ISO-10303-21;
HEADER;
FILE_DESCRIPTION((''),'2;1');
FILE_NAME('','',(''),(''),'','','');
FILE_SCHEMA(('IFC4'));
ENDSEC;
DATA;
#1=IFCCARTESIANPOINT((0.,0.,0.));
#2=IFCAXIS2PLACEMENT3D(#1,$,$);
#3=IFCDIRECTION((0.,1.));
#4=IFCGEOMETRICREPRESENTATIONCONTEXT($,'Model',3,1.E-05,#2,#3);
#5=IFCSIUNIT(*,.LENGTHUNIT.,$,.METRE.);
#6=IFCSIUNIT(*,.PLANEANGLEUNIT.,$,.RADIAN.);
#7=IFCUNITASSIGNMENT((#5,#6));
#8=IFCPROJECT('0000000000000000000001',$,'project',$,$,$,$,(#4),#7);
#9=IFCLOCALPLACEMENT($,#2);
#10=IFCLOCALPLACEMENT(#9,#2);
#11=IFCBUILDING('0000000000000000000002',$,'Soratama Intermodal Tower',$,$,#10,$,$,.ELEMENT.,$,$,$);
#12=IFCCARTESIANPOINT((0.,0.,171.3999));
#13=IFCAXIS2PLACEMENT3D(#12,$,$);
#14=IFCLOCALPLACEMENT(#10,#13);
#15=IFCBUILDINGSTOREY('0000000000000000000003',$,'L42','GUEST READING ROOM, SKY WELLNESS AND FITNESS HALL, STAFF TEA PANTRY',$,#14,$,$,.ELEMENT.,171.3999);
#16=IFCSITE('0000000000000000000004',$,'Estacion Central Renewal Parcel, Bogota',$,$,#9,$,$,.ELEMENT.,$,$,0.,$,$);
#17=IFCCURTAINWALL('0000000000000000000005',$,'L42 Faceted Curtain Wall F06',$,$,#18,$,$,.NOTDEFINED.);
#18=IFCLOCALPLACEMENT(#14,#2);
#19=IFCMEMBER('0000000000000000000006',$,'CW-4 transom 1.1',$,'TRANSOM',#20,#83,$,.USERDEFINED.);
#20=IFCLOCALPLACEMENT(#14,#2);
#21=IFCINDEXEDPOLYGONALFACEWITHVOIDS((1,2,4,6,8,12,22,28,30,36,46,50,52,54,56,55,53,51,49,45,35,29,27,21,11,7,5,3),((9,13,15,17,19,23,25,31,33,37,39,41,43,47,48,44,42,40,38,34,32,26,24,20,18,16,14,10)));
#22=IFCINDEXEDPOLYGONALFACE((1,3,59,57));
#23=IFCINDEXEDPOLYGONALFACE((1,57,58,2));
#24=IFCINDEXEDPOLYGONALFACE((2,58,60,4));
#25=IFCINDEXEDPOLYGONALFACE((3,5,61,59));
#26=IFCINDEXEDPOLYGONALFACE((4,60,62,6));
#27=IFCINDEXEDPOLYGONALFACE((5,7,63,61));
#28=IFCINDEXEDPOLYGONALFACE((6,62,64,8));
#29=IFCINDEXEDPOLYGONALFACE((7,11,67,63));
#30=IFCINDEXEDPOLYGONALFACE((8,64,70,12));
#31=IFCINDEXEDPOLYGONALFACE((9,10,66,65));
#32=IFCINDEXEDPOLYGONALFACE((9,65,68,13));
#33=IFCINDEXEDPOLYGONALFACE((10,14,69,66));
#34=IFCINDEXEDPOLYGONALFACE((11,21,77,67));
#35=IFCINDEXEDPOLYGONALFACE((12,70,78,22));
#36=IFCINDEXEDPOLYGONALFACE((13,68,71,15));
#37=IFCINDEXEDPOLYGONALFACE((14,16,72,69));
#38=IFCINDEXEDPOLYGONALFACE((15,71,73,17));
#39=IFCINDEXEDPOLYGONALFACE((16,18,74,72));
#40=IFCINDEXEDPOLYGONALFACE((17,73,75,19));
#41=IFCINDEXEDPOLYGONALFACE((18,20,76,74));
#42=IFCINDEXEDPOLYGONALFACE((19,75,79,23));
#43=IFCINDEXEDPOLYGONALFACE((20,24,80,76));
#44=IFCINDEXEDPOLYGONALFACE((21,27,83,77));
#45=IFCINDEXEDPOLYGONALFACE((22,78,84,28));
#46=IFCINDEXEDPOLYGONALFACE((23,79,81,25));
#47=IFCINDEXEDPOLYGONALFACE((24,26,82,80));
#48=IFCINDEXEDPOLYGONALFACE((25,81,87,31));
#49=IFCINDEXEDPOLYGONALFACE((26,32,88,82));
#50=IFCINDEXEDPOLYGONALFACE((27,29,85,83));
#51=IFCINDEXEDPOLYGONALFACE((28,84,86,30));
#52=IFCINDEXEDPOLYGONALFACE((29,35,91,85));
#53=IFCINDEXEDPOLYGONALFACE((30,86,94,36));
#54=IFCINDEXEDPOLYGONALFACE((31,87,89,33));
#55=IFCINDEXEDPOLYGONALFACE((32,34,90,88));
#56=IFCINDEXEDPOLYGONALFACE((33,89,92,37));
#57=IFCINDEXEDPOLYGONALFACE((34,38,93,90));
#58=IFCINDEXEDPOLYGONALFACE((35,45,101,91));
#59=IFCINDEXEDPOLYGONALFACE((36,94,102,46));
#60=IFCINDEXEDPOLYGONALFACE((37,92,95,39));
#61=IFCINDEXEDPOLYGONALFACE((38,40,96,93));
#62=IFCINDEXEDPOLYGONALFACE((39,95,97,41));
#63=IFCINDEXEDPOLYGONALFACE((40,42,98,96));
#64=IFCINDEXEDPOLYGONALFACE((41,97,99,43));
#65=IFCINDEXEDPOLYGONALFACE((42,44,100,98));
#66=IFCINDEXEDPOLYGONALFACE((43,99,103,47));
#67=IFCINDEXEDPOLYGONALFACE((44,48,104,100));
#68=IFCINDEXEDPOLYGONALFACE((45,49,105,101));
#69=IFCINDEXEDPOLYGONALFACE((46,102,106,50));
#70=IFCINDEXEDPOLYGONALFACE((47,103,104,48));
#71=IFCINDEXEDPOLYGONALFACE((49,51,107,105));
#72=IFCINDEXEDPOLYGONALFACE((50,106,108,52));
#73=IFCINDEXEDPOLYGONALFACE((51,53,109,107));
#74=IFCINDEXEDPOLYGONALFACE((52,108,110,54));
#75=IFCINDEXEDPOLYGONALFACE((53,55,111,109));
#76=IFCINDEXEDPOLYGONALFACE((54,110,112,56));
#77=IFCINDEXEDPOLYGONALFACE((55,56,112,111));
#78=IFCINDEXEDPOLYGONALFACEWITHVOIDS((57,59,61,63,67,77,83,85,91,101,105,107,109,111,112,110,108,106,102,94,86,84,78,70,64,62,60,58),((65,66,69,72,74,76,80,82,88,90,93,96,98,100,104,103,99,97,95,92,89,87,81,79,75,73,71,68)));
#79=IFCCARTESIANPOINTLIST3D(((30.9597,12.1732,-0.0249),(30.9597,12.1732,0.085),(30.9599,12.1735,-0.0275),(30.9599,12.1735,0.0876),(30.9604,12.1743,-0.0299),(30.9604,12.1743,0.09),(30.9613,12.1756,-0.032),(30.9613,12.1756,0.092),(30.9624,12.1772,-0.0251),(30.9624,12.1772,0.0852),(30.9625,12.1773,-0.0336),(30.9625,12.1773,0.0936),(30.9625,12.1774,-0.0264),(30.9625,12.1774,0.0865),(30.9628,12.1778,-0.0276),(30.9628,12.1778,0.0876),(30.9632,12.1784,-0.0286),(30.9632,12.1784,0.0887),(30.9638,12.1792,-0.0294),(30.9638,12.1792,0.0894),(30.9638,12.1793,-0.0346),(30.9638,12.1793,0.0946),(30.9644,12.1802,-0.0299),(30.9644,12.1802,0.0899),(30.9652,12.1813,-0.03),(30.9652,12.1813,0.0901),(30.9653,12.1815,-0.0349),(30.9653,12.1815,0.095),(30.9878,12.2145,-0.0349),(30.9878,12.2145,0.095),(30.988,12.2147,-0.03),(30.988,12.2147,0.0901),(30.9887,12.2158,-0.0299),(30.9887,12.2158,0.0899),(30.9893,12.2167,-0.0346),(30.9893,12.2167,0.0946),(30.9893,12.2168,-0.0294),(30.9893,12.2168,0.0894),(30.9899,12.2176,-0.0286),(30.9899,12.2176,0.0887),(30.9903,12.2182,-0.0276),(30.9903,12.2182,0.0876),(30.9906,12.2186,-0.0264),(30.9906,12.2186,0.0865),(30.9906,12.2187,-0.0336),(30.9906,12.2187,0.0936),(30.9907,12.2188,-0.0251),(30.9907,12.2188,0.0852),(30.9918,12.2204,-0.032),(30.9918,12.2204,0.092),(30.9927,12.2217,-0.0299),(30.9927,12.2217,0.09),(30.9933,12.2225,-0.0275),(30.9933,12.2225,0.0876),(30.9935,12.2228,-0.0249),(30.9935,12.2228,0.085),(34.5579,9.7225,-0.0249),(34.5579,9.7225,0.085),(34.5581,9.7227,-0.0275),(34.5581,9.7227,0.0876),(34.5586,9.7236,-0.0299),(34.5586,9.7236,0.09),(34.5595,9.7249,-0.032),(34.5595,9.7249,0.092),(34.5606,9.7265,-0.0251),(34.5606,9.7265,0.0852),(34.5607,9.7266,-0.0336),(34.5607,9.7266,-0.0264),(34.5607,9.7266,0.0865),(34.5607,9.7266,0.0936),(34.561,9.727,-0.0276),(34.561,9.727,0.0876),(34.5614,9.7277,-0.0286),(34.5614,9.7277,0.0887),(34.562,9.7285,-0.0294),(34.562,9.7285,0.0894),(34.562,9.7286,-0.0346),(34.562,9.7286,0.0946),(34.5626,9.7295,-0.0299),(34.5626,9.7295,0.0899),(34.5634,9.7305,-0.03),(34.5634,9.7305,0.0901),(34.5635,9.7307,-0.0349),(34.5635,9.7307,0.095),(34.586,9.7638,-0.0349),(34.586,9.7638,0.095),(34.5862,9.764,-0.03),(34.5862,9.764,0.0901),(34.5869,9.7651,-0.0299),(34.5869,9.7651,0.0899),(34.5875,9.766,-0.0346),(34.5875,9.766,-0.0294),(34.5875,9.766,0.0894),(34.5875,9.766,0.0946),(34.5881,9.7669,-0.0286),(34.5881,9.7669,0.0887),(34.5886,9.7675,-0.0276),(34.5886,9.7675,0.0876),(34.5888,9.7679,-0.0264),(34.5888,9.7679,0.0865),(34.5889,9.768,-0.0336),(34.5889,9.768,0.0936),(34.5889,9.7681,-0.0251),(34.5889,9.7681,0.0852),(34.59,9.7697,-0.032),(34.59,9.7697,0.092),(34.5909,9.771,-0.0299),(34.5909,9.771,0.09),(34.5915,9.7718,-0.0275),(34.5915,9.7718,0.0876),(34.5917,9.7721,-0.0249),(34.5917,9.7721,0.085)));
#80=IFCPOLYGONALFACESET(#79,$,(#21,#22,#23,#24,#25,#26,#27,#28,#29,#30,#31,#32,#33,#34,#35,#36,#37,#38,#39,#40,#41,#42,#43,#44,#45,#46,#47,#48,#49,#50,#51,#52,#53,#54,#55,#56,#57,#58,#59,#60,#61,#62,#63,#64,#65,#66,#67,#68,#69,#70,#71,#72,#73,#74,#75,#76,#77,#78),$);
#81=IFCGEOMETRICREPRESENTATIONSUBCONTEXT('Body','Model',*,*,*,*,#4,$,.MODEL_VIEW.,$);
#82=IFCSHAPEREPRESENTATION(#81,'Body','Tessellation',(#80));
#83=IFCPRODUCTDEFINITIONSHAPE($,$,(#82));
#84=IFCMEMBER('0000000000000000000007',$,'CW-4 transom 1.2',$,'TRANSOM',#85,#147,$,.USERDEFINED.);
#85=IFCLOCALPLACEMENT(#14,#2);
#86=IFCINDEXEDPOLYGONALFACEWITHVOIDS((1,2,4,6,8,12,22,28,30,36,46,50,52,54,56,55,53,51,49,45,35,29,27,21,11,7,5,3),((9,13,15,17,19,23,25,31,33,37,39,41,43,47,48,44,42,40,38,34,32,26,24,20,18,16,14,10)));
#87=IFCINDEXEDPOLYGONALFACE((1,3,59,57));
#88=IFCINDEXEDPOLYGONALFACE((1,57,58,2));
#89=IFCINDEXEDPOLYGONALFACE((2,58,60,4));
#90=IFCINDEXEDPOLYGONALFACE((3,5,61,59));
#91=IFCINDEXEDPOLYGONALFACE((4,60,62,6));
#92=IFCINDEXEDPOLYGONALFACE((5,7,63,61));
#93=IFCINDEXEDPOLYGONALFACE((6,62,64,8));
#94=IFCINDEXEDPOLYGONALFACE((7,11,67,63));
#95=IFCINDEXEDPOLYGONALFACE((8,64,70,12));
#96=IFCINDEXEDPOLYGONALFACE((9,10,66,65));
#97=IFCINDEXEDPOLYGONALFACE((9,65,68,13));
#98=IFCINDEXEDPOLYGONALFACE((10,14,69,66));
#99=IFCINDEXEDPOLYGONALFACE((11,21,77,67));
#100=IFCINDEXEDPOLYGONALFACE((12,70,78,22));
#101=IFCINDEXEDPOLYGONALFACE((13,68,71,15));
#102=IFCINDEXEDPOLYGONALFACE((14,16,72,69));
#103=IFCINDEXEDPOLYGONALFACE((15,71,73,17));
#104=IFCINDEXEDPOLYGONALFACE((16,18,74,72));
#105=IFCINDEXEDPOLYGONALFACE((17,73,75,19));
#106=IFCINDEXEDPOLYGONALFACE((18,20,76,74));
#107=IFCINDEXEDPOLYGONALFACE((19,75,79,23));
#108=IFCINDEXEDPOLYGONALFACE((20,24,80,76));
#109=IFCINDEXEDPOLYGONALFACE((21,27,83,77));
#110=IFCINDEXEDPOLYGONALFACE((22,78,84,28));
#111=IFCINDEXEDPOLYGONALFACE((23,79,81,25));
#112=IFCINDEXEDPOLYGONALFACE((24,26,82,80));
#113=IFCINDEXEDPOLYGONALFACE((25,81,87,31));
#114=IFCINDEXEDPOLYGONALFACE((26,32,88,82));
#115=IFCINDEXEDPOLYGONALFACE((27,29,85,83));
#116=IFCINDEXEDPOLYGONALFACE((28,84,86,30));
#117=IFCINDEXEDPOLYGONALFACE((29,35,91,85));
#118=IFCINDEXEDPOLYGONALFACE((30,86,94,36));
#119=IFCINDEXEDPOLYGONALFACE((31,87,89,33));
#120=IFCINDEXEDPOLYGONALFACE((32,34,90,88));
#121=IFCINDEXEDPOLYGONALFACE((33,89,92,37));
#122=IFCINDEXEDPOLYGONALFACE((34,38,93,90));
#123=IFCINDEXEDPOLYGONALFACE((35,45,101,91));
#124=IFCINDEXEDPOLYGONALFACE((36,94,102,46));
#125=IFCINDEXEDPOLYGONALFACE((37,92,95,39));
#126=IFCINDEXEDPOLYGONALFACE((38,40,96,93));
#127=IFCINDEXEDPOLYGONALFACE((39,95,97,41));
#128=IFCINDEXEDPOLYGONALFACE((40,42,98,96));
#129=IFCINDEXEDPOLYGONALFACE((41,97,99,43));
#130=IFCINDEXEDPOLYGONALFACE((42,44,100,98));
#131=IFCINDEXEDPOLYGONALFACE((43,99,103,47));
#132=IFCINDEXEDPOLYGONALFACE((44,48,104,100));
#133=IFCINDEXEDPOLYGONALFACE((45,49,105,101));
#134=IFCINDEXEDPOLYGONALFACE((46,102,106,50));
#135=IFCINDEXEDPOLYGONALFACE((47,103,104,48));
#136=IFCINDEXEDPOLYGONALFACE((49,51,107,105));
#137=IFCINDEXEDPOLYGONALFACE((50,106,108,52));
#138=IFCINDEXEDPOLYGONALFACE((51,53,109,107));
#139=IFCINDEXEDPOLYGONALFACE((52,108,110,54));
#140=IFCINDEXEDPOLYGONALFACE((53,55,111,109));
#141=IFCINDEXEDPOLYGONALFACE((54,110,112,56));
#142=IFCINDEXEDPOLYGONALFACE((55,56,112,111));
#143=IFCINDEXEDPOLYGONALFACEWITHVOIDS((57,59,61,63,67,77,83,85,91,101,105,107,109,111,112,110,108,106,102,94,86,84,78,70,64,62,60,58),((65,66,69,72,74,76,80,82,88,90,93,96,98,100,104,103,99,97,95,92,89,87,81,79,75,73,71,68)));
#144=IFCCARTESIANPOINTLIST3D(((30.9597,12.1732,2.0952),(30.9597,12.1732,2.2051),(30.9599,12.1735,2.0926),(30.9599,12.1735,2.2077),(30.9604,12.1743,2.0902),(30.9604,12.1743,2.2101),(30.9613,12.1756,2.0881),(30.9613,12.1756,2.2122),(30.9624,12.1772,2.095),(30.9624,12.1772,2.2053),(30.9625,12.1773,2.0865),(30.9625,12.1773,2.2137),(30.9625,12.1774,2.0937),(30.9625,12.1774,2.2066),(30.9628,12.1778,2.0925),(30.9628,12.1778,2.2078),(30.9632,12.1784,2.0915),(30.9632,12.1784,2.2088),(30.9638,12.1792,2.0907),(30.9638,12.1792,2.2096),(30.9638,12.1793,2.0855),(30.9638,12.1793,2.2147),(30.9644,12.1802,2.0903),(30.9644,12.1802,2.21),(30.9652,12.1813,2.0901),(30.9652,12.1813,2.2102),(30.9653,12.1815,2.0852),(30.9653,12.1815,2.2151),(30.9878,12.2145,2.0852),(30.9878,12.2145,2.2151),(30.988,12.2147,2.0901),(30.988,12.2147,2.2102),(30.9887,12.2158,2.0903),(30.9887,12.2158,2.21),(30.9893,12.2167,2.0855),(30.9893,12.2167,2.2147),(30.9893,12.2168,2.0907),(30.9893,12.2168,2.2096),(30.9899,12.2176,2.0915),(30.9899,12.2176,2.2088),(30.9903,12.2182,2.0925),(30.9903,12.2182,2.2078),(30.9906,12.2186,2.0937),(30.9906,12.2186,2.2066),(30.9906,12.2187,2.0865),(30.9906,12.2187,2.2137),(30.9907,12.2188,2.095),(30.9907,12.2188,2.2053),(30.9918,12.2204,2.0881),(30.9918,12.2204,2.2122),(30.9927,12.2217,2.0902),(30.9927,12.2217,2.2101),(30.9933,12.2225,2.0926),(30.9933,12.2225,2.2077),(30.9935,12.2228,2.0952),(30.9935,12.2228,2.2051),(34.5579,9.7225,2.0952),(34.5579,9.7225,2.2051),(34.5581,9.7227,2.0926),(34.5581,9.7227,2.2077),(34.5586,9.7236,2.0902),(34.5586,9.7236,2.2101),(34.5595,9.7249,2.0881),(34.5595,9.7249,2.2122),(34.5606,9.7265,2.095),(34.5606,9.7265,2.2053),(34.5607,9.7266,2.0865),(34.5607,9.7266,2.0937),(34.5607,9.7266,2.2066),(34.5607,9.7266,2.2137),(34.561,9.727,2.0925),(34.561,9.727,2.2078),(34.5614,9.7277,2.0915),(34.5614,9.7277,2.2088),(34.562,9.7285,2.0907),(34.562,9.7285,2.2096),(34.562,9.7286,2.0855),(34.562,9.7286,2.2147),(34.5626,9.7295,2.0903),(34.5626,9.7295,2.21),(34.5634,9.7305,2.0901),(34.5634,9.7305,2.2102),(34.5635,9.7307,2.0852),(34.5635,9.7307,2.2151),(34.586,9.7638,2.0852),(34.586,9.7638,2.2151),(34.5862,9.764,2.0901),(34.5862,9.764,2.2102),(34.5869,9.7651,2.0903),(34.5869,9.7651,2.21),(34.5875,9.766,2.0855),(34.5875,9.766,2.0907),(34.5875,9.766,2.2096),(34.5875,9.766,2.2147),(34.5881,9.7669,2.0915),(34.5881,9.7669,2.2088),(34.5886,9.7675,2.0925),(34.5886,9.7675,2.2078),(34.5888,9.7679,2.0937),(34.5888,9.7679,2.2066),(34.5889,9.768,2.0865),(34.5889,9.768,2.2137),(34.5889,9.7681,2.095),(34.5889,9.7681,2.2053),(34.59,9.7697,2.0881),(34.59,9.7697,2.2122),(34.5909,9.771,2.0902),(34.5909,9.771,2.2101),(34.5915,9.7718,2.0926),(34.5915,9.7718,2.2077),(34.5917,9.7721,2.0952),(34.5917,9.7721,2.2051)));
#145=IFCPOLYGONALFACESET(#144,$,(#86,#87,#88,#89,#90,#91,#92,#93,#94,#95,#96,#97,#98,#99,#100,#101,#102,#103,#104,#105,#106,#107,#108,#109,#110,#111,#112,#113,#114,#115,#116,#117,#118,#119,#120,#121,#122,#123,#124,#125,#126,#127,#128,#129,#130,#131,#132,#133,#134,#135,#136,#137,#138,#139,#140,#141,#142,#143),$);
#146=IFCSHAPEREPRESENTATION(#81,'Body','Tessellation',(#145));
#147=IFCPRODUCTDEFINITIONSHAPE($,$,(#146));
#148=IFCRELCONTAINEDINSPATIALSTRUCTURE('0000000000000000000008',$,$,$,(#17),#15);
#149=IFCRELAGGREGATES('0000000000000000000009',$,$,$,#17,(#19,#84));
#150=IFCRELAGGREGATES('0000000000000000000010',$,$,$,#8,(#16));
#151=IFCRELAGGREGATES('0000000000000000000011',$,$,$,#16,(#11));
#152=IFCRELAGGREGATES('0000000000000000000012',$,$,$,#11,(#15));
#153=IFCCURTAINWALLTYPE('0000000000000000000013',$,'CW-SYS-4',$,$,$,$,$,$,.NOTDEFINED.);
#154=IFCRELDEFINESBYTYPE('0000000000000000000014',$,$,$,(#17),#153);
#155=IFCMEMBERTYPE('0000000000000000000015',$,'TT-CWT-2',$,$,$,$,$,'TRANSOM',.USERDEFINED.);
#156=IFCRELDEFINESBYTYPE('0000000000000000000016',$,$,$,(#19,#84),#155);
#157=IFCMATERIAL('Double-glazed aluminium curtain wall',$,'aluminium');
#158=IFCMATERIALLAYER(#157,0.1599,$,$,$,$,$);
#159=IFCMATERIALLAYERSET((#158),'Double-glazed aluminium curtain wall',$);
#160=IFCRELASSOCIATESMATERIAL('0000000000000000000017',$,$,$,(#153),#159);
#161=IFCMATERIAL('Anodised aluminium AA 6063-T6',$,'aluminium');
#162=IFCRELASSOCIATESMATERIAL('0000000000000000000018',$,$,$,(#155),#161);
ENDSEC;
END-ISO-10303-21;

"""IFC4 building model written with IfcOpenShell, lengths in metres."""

from ifc_helpers import new_model, si_unit, direction, frame, origin, origin_2d, place, context, subcontext, project, spatial, hollow_rectangle, extrude, material, layer, layer_set, material_profile, profile_set, type_object, element, aggregate, save


model = new_model("IFC4")

# Units and contexts
model_context = context("Model", 3, precision=1e-05, world=origin(), true_north=direction((0.0, 1.0)))
body_context = subcontext(model_context, "Body", "Model", "MODEL_VIEW")
ifc_project = project(units=[si_unit("LENGTHUNIT", "METRE"), si_unit("PLANEANGLEUNIT", "RADIAN")], contexts=[model_context])

# Site, building, storey
site_placement = place(None, origin())
site = spatial("IfcSite", under=ifc_project, at=site_placement, Name="Estacion Central Renewal Parcel, Bogota", CompositionType="ELEMENT", RefElevation=0.0)
building_placement = place(site_placement, origin())
building = spatial("IfcBuilding", under=site, at=building_placement, Name="Soratama Intermodal Tower", CompositionType="ELEMENT")
storey_placement = place(building_placement, frame((0.0, 0.0, 171.3999)))
storey = spatial("IfcBuildingStorey", under=building, at=storey_placement, Name="L42", Description="GUEST READING ROOM, SKY WELLNESS AND FITNESS HALL, STAFF TEA PANTRY", CompositionType="ELEMENT", Elevation=171.3999)

# Shared definitions
ifc_material_1 = material(Name="Double-glazed aluminium curtain wall", Category="aluminium")
ifc_layer_1 = layer(ifc_material_1, 0.1599)
ifc_layer_set_1 = layer_set([ifc_layer_1], Name="Double-glazed aluminium curtain wall")
curtain_wall_type = type_object("IfcCurtainWallType", Name="CW-SYS-4", PredefinedType="NOTDEFINED", material=ifc_layer_set_1)

# Curtain wall, members
curtain_wall_1_placement = place(storey_placement, origin())
curtain_wall_1 = element("IfcCurtainWall", 1, at=curtain_wall_1_placement, inside=storey, type_object=curtain_wall_type, Name="L42 Faceted Curtain Wall F06", PredefinedType="NOTDEFINED")
ifc_material_2 = material(Name="Anodised aluminium AA 6063-T6", Category="aluminium")
ifc_material_profile_1 = material_profile(ifc_material_2, hollow_rectangle(XDim=0.0601, YDim=0.1299, WallThickness=0.0049, InnerFilletRadius=0.0049, OuterFilletRadius=0.01, at=origin_2d()), Name="CWT130X60X5")
ifc_profile_set_1 = profile_set([ifc_material_profile_1], Name="Anodised aluminium AA 6063-T6")
member_type_1 = type_object("IfcMemberType", Name="TT-CWT-2", ElementType="TRANSOM", PredefinedType="USERDEFINED", material=ifc_profile_set_1)
member_1_placement = place(storey_placement, frame((30.9766, 12.198, 0.03), z_axis=(0.826505, -0.56293, 0.0), x_axis=(0.56293, 0.826505, 0.0)))
member_1 = element("IfcMember", 2, at=member_1_placement, type_object=member_type_1, Name="CW-4 transom 1.1", ObjectType="TRANSOM", PredefinedType="USERDEFINED", context=body_context, shape_type="SweptSolid", body=[
    extrude(hollow_rectangle(XDim=0.0601, YDim=0.1299, WallThickness=0.0049, InnerFilletRadius=0.0049, OuterFilletRadius=0.01, at=origin_2d()), origin(), (0.0, 0.0, 1.0), 4.3535),
])
member_2_placement = place(storey_placement, frame((30.9766, 12.198, 2.1501), z_axis=(0.826505, -0.56293, 0.0), x_axis=(0.56293, 0.826505, 0.0)))
member_2 = element("IfcMember", 3, at=member_2_placement, type_object=member_type_1, Name="CW-4 transom 1.2", ObjectType="TRANSOM", PredefinedType="USERDEFINED", context=body_context, shape_type="SweptSolid", body=[
    extrude(hollow_rectangle(XDim=0.0601, YDim=0.1299, WallThickness=0.0049, InnerFilletRadius=0.0049, OuterFilletRadius=0.01, at=origin_2d()), origin(), (0.0, 0.0, 1.0), 4.3535),
])

aggregate(curtain_wall_1, [member_1, member_2])

save(model, "model.ifc")
